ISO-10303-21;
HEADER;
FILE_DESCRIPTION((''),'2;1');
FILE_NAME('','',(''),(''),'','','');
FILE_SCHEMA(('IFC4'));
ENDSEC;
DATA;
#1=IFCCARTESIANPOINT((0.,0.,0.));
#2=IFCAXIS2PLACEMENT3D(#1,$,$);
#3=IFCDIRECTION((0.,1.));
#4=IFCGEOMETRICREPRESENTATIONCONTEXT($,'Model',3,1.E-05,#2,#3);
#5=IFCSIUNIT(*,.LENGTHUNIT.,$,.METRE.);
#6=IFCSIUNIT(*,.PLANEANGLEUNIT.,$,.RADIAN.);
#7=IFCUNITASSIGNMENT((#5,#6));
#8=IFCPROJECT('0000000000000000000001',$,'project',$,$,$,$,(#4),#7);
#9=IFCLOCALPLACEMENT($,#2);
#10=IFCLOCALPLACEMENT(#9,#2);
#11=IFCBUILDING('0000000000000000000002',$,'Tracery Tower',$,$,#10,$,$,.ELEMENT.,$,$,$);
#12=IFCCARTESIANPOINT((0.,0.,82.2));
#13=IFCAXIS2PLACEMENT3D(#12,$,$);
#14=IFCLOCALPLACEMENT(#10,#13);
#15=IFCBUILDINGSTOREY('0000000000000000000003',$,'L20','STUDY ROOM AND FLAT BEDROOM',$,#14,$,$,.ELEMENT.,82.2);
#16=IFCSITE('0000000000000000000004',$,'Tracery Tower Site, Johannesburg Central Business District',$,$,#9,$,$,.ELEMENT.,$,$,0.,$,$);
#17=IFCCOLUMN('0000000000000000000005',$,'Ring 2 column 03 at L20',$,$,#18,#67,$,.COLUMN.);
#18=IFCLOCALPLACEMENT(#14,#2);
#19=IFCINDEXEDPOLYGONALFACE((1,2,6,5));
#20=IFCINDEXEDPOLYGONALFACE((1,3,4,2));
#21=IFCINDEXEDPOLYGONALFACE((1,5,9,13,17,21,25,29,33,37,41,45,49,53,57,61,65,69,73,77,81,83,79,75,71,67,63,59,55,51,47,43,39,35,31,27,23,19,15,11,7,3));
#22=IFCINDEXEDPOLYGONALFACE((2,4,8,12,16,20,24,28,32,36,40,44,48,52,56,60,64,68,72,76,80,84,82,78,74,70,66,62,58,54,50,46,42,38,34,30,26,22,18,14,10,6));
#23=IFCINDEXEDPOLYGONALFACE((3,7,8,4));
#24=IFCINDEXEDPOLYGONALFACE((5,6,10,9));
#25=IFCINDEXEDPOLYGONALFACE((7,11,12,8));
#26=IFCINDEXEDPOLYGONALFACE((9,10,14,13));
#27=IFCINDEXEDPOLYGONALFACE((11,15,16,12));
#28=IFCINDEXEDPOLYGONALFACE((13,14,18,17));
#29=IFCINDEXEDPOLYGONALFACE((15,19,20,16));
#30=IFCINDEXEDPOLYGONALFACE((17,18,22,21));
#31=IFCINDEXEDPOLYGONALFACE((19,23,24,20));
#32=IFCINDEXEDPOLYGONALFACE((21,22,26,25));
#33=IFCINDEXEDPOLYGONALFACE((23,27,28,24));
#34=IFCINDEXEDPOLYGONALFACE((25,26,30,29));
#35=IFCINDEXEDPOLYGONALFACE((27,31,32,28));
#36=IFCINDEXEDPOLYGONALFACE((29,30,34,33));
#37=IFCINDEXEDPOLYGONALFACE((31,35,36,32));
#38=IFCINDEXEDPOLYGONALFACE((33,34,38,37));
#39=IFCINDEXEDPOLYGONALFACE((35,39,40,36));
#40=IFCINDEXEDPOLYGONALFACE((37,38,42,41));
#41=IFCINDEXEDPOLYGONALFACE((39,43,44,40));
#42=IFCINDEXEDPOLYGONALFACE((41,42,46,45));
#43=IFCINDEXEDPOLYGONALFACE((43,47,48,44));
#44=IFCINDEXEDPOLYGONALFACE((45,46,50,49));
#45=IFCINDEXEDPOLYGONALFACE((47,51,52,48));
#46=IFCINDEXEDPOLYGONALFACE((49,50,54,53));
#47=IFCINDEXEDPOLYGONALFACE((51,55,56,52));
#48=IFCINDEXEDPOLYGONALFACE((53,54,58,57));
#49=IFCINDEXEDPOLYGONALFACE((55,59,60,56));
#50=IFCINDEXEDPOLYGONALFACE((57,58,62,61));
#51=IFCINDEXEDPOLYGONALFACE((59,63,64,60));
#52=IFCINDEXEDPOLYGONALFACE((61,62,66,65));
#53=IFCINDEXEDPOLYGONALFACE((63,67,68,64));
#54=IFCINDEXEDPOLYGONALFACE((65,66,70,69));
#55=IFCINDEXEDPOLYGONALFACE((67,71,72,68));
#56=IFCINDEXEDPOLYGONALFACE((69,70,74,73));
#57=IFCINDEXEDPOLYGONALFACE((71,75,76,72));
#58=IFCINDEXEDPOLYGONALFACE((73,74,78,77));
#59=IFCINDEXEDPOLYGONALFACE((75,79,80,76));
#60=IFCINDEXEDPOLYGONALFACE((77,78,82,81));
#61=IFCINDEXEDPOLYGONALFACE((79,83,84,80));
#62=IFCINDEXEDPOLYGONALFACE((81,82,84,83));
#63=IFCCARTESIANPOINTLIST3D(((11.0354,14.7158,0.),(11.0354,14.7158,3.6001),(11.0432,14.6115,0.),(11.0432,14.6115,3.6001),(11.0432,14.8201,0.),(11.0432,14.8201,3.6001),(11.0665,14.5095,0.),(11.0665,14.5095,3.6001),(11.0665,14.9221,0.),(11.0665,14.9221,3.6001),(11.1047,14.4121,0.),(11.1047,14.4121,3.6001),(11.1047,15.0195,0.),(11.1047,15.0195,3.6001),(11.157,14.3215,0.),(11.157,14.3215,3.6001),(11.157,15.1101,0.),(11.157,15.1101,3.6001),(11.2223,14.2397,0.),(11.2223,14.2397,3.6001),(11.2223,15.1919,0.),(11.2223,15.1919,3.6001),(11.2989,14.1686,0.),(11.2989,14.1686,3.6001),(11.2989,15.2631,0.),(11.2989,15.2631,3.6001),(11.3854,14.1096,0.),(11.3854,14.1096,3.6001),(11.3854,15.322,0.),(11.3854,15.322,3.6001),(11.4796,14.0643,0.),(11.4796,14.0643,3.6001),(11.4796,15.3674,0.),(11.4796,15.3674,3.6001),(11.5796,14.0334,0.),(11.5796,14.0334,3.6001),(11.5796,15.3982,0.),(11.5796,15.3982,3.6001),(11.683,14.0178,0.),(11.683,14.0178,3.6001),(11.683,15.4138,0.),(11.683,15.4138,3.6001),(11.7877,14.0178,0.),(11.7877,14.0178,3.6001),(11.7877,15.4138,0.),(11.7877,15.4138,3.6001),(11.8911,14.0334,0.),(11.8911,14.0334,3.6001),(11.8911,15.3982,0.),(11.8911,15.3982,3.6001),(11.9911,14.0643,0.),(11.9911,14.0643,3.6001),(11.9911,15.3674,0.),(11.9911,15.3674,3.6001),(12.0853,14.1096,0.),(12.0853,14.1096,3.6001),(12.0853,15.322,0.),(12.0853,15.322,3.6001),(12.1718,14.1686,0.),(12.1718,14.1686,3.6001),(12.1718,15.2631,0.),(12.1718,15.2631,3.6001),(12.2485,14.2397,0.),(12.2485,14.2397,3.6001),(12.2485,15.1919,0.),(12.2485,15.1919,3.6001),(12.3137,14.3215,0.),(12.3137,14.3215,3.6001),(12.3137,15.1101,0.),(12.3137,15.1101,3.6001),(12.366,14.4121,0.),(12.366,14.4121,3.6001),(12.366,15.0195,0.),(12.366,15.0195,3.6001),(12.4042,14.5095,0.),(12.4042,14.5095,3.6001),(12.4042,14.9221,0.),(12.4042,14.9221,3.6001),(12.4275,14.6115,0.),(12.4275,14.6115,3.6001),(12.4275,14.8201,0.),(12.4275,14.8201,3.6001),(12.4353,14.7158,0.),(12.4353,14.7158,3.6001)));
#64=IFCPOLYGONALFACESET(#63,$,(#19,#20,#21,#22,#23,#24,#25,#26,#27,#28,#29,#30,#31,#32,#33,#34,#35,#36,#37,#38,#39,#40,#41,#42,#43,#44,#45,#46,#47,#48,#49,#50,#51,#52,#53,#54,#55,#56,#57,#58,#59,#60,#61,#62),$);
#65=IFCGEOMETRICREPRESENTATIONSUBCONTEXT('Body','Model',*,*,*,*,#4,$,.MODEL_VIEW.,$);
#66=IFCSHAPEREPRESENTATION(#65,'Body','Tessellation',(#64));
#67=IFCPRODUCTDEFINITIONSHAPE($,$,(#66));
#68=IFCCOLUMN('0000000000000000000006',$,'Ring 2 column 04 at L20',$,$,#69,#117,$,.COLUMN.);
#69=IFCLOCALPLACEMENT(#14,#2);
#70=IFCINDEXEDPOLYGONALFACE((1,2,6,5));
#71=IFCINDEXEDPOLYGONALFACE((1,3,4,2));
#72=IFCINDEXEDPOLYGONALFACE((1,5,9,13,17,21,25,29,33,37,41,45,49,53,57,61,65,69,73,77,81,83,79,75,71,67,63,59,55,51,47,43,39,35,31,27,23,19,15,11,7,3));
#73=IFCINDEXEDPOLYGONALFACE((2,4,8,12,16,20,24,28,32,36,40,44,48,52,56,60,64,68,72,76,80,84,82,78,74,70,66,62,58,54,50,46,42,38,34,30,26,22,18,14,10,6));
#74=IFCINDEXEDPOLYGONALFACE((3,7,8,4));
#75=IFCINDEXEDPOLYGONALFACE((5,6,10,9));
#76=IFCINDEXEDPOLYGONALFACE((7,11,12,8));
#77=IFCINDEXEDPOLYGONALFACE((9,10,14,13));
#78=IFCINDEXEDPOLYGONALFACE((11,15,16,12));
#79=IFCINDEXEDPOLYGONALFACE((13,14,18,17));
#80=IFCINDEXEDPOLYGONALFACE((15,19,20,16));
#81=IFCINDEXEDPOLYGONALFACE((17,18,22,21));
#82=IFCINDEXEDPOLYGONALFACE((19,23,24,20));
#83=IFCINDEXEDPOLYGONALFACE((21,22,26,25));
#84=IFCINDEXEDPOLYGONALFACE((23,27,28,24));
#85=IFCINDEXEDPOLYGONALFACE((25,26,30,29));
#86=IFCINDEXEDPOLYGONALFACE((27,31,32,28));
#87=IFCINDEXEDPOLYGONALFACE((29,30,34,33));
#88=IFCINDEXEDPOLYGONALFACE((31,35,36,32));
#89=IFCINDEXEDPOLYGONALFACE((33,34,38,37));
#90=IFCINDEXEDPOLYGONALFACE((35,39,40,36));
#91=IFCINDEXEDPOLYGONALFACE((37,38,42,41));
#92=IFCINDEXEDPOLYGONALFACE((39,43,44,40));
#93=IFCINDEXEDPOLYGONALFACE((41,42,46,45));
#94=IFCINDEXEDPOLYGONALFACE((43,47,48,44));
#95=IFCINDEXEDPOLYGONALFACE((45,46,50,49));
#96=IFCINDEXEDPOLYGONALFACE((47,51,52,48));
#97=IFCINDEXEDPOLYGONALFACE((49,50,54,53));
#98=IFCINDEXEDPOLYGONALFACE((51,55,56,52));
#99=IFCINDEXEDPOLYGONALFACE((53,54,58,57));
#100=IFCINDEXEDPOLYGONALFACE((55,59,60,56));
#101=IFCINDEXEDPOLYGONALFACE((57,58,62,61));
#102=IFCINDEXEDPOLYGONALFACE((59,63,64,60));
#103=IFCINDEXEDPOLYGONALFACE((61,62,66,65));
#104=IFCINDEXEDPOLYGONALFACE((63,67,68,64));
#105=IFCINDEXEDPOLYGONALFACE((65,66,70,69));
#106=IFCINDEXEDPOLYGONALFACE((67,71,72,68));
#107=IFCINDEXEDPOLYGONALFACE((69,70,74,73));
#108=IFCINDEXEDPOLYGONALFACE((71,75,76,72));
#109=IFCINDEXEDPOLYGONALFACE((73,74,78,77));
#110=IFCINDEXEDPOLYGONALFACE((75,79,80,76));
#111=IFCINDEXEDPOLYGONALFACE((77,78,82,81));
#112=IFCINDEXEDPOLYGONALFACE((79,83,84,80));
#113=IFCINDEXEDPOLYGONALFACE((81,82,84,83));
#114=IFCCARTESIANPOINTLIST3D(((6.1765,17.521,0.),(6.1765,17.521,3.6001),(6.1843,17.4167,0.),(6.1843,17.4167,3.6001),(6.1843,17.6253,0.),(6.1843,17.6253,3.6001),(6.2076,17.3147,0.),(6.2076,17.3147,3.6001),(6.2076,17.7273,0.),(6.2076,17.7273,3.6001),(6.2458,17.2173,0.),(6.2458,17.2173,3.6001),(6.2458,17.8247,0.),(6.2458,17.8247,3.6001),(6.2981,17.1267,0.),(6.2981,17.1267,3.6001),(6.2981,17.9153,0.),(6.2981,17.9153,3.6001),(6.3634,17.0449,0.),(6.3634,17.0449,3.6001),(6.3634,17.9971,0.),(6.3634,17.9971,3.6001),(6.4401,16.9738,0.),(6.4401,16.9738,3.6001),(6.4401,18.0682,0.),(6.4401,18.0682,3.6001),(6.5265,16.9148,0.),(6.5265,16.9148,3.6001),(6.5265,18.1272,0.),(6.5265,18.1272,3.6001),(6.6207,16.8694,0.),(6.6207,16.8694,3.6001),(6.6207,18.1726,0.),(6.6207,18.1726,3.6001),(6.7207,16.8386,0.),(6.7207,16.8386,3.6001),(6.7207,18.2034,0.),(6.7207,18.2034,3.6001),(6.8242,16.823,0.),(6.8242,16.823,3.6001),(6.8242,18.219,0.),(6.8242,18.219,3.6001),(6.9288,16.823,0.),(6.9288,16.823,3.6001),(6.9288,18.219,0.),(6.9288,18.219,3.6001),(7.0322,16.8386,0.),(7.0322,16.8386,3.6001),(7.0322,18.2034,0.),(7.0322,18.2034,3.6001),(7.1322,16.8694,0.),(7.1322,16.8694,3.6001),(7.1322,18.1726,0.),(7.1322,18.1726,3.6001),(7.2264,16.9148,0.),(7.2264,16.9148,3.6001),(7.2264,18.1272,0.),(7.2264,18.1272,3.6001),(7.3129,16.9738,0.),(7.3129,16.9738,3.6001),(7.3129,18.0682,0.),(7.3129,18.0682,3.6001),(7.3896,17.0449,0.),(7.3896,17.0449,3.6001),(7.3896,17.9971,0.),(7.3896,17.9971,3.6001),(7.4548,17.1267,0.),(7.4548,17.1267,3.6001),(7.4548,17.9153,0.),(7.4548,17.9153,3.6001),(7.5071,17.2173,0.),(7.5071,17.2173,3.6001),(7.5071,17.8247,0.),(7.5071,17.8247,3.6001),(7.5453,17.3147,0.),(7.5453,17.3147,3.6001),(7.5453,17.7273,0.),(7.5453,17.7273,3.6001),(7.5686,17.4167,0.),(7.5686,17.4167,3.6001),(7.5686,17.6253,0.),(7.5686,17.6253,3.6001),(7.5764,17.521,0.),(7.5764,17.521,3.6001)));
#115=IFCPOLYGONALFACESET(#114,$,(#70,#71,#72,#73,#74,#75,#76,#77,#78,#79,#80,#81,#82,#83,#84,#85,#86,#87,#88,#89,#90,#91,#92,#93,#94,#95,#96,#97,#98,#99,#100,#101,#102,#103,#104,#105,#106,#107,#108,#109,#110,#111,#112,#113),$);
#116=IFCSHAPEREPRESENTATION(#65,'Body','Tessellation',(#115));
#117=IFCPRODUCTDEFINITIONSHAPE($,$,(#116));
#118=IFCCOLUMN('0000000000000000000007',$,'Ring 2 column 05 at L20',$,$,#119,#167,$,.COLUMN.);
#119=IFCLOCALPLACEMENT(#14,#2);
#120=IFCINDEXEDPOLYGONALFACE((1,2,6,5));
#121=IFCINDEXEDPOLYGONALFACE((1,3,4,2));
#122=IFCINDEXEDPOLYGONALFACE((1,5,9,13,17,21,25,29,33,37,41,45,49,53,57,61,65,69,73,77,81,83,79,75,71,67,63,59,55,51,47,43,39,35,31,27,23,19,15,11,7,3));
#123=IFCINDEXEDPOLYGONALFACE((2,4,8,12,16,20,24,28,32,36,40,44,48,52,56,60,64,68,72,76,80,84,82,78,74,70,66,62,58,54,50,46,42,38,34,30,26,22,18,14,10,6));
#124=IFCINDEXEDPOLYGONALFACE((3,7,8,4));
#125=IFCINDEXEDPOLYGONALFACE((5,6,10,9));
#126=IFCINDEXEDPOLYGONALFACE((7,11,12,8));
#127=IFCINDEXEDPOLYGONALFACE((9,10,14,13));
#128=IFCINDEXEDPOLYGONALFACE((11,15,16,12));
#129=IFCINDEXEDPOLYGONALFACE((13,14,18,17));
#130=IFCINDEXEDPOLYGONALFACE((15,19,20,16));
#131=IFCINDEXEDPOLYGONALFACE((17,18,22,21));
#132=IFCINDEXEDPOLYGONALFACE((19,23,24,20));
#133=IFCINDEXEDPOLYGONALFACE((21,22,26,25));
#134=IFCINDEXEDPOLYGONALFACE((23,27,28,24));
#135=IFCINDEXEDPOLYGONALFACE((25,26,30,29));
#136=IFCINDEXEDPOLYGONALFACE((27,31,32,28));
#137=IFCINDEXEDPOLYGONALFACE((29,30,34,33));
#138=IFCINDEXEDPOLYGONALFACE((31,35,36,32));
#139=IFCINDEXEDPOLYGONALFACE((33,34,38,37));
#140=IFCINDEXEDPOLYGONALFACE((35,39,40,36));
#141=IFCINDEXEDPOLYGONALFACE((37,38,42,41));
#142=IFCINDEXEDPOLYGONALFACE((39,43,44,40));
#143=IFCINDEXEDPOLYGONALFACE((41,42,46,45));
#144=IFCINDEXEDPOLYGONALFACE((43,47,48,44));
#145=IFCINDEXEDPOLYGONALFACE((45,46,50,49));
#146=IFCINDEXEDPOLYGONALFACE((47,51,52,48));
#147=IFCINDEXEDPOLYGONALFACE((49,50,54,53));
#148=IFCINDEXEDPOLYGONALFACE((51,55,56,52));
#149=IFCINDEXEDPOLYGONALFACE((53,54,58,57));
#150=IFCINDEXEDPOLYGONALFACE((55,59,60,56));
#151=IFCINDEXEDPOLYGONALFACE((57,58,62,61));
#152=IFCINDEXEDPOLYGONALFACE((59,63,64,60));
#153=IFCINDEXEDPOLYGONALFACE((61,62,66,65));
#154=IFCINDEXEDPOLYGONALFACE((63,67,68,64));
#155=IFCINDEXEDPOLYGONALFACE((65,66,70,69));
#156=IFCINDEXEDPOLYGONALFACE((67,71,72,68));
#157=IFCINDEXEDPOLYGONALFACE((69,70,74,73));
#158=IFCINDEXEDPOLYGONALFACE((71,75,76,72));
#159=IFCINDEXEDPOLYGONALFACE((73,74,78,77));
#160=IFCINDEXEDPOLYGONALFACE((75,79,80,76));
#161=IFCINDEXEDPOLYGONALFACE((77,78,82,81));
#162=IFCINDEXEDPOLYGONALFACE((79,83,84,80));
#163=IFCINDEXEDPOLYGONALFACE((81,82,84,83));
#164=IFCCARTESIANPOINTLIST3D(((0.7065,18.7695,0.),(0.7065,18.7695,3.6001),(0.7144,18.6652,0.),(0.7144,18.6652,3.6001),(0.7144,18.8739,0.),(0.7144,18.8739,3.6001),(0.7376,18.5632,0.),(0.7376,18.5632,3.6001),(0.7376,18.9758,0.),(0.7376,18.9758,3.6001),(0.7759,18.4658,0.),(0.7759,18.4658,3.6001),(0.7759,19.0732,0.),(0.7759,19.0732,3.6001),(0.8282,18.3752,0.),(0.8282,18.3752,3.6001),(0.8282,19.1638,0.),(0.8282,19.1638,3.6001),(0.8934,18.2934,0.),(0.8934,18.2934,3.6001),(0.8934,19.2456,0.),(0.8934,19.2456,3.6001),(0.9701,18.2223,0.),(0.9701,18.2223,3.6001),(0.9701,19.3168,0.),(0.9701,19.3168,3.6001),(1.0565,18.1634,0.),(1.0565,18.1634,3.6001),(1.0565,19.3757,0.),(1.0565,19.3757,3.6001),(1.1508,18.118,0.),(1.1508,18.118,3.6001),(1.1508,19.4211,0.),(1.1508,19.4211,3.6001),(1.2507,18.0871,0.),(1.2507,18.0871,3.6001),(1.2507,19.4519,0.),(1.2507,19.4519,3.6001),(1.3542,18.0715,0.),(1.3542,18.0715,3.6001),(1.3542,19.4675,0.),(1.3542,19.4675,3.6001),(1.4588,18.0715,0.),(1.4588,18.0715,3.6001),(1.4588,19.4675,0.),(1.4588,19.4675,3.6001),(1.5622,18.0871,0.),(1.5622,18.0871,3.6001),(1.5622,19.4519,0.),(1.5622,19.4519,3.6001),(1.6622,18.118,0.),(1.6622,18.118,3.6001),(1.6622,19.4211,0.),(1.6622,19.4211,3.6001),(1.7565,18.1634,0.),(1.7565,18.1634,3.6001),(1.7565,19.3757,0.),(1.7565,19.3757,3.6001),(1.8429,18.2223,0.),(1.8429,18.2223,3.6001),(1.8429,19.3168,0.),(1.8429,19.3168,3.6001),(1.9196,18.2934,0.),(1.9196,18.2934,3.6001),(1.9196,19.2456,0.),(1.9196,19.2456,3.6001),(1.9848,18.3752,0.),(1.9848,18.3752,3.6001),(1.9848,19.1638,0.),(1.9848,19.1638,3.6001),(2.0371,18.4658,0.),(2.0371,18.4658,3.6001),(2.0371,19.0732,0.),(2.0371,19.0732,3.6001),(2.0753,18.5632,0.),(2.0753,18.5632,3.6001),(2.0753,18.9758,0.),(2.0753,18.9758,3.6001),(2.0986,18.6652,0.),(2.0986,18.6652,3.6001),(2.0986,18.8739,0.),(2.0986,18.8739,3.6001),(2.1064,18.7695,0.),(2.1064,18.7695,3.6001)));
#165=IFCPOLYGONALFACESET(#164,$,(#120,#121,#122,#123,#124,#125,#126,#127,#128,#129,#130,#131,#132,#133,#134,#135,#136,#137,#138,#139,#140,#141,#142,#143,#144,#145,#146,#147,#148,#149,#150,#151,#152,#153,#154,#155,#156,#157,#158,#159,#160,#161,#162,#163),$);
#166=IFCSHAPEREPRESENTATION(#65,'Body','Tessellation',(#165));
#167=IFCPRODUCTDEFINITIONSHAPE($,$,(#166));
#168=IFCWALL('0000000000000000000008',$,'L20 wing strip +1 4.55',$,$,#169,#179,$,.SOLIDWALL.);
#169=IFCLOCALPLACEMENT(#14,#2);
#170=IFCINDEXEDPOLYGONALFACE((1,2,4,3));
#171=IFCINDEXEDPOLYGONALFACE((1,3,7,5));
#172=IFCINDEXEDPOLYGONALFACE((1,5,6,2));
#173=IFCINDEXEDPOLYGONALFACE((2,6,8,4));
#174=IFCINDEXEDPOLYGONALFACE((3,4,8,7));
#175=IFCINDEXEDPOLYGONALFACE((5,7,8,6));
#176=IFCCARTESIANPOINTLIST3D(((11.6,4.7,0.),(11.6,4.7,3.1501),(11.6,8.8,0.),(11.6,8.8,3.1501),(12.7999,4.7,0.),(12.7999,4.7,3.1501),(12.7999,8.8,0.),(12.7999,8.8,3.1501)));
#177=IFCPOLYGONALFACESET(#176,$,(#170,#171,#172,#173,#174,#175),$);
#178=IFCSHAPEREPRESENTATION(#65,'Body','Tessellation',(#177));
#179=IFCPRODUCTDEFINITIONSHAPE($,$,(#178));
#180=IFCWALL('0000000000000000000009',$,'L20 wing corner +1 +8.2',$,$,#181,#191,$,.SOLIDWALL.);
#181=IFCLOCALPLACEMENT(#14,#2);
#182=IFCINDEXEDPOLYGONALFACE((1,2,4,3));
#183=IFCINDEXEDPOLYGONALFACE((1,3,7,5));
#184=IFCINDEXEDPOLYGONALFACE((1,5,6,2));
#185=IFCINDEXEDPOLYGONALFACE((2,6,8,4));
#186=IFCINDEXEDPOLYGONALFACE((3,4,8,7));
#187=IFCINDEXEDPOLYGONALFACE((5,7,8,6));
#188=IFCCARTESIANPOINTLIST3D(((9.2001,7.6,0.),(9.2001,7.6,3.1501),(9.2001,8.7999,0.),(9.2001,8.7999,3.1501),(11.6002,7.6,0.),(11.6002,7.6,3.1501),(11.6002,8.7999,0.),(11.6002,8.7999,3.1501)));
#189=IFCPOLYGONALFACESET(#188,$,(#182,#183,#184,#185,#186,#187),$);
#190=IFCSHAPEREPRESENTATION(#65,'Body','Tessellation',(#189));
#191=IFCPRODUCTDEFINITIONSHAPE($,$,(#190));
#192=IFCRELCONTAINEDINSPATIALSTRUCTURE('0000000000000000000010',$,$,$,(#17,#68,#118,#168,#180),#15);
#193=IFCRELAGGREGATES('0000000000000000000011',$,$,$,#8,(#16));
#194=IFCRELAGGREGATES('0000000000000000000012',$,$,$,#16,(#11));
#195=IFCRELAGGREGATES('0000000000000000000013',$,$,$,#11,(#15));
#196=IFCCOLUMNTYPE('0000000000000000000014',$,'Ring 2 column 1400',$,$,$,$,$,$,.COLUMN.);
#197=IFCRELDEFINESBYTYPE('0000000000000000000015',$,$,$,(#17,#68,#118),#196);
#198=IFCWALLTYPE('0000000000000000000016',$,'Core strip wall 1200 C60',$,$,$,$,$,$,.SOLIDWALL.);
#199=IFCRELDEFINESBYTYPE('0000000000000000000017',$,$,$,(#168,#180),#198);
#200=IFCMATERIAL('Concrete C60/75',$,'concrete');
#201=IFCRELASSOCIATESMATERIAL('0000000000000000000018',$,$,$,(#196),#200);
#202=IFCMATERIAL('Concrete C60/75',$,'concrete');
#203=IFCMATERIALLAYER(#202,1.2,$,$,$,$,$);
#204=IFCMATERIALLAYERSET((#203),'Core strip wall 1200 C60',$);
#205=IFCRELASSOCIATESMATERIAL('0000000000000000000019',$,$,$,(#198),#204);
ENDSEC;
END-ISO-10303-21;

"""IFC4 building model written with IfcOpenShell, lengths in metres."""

from ifc_helpers import new_model, si_unit, direction, frame, frame_2d, origin, origin_2d, place, context, subcontext, project, spatial, rectangle, circle, extrude, material, layer, layer_set, material_profile, profile_set, type_object, element, save


model = new_model("IFC4")

# Units and contexts
model_context = context("Model", 3, precision=1e-05, world=origin(), true_north=direction((0.0, 1.0)))
body_context = subcontext(model_context, "Body", "Model", "MODEL_VIEW")
ifc_project = project(units=[si_unit("LENGTHUNIT", "METRE"), si_unit("PLANEANGLEUNIT", "RADIAN")], contexts=[model_context])

# Site, building, storey
site_placement = place(None, origin())
site = spatial("IfcSite", under=ifc_project, at=site_placement, Name="Tracery Tower Site, Johannesburg Central Business District", CompositionType="ELEMENT", RefElevation=0.0)
building_placement = place(site_placement, origin())
building = spatial("IfcBuilding", under=site, at=building_placement, Name="Tracery Tower", CompositionType="ELEMENT")
storey_placement = place(building_placement, frame((0.0, 0.0, 82.2)))
storey = spatial("IfcBuildingStorey", under=building, at=storey_placement, Name="L20", Description="STUDY ROOM AND FLAT BEDROOM", CompositionType="ELEMENT", Elevation=82.2)

# Columns
ifc_material_1 = material(Name="Concrete C60/75", Category="concrete")
ifc_material_profile_1 = material_profile(ifc_material_1, circle(Radius=0.7, at=origin_2d()), Name="RC D1400")
ifc_profile_set_1 = profile_set([ifc_material_profile_1], Name="Concrete C60/75")
column_type_1 = type_object("IfcColumnType", Name="Ring 2 column 1400", PredefinedType="COLUMN", material=ifc_profile_set_1)
for number, where, z_axis, x_axis, name in (
    (1, (11.7354, 14.7158, 0.0), (0.0, 0.0, 1.0), (1.0, 0.0, 0.0), "Ring 2 column 03 at L20"),
    (2, (6.8765, 17.521, 0.0), (0.0, 0.0, 1.0), (1.0, 0.0, 0.0), "Ring 2 column 04 at L20"),
    (3, (1.4065, 18.7695, 0.0), (0.0, 0.0, 1.0), (1.0, 0.0, 0.0), "Ring 2 column 05 at L20"),
):
    element("IfcColumn", number, at=place(storey_placement, frame(where, z_axis=z_axis, x_axis=x_axis)), inside=storey, type_object=column_type_1, Name=name, PredefinedType="COLUMN", context=body_context, shape_type="SweptSolid", body=[
        extrude(circle(Radius=0.7, at=origin_2d()), origin(), (0.0, 0.0, 1.0), 3.6001),
    ])

# Walls
ifc_material_2 = material(Name="Concrete C60/75", Category="concrete")
ifc_layer_1 = layer(ifc_material_2, 1.2)
ifc_layer_set_1 = layer_set([ifc_layer_1], Name="Core strip wall 1200 C60")
wall_type_1 = type_object("IfcWallType", Name="Core strip wall 1200 C60", PredefinedType="SOLIDWALL", material=ifc_layer_set_1)
wall_1_placement = place(storey_placement, frame((12.2, 4.7, 0.0), z_axis=(0.0, 0.0, 1.0), x_axis=(0.0, 1.0, 0.0)))
element("IfcWall", 4, at=wall_1_placement, inside=storey, type_object=wall_type_1, Name="L20 wing strip +1 4.55", PredefinedType="SOLIDWALL", context=body_context, shape_type="SweptSolid", body=[
    extrude(rectangle(XDim=4.1001, YDim=1.2, at=frame_2d((2.05, 0.0))), origin(), (0.0, 0.0, 1.0), 3.1501),
])
wall_2_placement = place(storey_placement, frame((9.2, 8.2, 0.0), z_axis=(0.0, 0.0, 1.0), x_axis=(1.0, 0.0, 0.0)))
element("IfcWall", 5, at=wall_2_placement, inside=storey, type_object=wall_type_1, Name="L20 wing corner +1 +8.2", PredefinedType="SOLIDWALL", context=body_context, shape_type="SweptSolid", body=[
    extrude(rectangle(XDim=2.4001, YDim=1.2, at=frame_2d((1.2002, 0.0))), origin(), (0.0, 0.0, 1.0), 3.1501),
])

save(model, "model.ifc")
